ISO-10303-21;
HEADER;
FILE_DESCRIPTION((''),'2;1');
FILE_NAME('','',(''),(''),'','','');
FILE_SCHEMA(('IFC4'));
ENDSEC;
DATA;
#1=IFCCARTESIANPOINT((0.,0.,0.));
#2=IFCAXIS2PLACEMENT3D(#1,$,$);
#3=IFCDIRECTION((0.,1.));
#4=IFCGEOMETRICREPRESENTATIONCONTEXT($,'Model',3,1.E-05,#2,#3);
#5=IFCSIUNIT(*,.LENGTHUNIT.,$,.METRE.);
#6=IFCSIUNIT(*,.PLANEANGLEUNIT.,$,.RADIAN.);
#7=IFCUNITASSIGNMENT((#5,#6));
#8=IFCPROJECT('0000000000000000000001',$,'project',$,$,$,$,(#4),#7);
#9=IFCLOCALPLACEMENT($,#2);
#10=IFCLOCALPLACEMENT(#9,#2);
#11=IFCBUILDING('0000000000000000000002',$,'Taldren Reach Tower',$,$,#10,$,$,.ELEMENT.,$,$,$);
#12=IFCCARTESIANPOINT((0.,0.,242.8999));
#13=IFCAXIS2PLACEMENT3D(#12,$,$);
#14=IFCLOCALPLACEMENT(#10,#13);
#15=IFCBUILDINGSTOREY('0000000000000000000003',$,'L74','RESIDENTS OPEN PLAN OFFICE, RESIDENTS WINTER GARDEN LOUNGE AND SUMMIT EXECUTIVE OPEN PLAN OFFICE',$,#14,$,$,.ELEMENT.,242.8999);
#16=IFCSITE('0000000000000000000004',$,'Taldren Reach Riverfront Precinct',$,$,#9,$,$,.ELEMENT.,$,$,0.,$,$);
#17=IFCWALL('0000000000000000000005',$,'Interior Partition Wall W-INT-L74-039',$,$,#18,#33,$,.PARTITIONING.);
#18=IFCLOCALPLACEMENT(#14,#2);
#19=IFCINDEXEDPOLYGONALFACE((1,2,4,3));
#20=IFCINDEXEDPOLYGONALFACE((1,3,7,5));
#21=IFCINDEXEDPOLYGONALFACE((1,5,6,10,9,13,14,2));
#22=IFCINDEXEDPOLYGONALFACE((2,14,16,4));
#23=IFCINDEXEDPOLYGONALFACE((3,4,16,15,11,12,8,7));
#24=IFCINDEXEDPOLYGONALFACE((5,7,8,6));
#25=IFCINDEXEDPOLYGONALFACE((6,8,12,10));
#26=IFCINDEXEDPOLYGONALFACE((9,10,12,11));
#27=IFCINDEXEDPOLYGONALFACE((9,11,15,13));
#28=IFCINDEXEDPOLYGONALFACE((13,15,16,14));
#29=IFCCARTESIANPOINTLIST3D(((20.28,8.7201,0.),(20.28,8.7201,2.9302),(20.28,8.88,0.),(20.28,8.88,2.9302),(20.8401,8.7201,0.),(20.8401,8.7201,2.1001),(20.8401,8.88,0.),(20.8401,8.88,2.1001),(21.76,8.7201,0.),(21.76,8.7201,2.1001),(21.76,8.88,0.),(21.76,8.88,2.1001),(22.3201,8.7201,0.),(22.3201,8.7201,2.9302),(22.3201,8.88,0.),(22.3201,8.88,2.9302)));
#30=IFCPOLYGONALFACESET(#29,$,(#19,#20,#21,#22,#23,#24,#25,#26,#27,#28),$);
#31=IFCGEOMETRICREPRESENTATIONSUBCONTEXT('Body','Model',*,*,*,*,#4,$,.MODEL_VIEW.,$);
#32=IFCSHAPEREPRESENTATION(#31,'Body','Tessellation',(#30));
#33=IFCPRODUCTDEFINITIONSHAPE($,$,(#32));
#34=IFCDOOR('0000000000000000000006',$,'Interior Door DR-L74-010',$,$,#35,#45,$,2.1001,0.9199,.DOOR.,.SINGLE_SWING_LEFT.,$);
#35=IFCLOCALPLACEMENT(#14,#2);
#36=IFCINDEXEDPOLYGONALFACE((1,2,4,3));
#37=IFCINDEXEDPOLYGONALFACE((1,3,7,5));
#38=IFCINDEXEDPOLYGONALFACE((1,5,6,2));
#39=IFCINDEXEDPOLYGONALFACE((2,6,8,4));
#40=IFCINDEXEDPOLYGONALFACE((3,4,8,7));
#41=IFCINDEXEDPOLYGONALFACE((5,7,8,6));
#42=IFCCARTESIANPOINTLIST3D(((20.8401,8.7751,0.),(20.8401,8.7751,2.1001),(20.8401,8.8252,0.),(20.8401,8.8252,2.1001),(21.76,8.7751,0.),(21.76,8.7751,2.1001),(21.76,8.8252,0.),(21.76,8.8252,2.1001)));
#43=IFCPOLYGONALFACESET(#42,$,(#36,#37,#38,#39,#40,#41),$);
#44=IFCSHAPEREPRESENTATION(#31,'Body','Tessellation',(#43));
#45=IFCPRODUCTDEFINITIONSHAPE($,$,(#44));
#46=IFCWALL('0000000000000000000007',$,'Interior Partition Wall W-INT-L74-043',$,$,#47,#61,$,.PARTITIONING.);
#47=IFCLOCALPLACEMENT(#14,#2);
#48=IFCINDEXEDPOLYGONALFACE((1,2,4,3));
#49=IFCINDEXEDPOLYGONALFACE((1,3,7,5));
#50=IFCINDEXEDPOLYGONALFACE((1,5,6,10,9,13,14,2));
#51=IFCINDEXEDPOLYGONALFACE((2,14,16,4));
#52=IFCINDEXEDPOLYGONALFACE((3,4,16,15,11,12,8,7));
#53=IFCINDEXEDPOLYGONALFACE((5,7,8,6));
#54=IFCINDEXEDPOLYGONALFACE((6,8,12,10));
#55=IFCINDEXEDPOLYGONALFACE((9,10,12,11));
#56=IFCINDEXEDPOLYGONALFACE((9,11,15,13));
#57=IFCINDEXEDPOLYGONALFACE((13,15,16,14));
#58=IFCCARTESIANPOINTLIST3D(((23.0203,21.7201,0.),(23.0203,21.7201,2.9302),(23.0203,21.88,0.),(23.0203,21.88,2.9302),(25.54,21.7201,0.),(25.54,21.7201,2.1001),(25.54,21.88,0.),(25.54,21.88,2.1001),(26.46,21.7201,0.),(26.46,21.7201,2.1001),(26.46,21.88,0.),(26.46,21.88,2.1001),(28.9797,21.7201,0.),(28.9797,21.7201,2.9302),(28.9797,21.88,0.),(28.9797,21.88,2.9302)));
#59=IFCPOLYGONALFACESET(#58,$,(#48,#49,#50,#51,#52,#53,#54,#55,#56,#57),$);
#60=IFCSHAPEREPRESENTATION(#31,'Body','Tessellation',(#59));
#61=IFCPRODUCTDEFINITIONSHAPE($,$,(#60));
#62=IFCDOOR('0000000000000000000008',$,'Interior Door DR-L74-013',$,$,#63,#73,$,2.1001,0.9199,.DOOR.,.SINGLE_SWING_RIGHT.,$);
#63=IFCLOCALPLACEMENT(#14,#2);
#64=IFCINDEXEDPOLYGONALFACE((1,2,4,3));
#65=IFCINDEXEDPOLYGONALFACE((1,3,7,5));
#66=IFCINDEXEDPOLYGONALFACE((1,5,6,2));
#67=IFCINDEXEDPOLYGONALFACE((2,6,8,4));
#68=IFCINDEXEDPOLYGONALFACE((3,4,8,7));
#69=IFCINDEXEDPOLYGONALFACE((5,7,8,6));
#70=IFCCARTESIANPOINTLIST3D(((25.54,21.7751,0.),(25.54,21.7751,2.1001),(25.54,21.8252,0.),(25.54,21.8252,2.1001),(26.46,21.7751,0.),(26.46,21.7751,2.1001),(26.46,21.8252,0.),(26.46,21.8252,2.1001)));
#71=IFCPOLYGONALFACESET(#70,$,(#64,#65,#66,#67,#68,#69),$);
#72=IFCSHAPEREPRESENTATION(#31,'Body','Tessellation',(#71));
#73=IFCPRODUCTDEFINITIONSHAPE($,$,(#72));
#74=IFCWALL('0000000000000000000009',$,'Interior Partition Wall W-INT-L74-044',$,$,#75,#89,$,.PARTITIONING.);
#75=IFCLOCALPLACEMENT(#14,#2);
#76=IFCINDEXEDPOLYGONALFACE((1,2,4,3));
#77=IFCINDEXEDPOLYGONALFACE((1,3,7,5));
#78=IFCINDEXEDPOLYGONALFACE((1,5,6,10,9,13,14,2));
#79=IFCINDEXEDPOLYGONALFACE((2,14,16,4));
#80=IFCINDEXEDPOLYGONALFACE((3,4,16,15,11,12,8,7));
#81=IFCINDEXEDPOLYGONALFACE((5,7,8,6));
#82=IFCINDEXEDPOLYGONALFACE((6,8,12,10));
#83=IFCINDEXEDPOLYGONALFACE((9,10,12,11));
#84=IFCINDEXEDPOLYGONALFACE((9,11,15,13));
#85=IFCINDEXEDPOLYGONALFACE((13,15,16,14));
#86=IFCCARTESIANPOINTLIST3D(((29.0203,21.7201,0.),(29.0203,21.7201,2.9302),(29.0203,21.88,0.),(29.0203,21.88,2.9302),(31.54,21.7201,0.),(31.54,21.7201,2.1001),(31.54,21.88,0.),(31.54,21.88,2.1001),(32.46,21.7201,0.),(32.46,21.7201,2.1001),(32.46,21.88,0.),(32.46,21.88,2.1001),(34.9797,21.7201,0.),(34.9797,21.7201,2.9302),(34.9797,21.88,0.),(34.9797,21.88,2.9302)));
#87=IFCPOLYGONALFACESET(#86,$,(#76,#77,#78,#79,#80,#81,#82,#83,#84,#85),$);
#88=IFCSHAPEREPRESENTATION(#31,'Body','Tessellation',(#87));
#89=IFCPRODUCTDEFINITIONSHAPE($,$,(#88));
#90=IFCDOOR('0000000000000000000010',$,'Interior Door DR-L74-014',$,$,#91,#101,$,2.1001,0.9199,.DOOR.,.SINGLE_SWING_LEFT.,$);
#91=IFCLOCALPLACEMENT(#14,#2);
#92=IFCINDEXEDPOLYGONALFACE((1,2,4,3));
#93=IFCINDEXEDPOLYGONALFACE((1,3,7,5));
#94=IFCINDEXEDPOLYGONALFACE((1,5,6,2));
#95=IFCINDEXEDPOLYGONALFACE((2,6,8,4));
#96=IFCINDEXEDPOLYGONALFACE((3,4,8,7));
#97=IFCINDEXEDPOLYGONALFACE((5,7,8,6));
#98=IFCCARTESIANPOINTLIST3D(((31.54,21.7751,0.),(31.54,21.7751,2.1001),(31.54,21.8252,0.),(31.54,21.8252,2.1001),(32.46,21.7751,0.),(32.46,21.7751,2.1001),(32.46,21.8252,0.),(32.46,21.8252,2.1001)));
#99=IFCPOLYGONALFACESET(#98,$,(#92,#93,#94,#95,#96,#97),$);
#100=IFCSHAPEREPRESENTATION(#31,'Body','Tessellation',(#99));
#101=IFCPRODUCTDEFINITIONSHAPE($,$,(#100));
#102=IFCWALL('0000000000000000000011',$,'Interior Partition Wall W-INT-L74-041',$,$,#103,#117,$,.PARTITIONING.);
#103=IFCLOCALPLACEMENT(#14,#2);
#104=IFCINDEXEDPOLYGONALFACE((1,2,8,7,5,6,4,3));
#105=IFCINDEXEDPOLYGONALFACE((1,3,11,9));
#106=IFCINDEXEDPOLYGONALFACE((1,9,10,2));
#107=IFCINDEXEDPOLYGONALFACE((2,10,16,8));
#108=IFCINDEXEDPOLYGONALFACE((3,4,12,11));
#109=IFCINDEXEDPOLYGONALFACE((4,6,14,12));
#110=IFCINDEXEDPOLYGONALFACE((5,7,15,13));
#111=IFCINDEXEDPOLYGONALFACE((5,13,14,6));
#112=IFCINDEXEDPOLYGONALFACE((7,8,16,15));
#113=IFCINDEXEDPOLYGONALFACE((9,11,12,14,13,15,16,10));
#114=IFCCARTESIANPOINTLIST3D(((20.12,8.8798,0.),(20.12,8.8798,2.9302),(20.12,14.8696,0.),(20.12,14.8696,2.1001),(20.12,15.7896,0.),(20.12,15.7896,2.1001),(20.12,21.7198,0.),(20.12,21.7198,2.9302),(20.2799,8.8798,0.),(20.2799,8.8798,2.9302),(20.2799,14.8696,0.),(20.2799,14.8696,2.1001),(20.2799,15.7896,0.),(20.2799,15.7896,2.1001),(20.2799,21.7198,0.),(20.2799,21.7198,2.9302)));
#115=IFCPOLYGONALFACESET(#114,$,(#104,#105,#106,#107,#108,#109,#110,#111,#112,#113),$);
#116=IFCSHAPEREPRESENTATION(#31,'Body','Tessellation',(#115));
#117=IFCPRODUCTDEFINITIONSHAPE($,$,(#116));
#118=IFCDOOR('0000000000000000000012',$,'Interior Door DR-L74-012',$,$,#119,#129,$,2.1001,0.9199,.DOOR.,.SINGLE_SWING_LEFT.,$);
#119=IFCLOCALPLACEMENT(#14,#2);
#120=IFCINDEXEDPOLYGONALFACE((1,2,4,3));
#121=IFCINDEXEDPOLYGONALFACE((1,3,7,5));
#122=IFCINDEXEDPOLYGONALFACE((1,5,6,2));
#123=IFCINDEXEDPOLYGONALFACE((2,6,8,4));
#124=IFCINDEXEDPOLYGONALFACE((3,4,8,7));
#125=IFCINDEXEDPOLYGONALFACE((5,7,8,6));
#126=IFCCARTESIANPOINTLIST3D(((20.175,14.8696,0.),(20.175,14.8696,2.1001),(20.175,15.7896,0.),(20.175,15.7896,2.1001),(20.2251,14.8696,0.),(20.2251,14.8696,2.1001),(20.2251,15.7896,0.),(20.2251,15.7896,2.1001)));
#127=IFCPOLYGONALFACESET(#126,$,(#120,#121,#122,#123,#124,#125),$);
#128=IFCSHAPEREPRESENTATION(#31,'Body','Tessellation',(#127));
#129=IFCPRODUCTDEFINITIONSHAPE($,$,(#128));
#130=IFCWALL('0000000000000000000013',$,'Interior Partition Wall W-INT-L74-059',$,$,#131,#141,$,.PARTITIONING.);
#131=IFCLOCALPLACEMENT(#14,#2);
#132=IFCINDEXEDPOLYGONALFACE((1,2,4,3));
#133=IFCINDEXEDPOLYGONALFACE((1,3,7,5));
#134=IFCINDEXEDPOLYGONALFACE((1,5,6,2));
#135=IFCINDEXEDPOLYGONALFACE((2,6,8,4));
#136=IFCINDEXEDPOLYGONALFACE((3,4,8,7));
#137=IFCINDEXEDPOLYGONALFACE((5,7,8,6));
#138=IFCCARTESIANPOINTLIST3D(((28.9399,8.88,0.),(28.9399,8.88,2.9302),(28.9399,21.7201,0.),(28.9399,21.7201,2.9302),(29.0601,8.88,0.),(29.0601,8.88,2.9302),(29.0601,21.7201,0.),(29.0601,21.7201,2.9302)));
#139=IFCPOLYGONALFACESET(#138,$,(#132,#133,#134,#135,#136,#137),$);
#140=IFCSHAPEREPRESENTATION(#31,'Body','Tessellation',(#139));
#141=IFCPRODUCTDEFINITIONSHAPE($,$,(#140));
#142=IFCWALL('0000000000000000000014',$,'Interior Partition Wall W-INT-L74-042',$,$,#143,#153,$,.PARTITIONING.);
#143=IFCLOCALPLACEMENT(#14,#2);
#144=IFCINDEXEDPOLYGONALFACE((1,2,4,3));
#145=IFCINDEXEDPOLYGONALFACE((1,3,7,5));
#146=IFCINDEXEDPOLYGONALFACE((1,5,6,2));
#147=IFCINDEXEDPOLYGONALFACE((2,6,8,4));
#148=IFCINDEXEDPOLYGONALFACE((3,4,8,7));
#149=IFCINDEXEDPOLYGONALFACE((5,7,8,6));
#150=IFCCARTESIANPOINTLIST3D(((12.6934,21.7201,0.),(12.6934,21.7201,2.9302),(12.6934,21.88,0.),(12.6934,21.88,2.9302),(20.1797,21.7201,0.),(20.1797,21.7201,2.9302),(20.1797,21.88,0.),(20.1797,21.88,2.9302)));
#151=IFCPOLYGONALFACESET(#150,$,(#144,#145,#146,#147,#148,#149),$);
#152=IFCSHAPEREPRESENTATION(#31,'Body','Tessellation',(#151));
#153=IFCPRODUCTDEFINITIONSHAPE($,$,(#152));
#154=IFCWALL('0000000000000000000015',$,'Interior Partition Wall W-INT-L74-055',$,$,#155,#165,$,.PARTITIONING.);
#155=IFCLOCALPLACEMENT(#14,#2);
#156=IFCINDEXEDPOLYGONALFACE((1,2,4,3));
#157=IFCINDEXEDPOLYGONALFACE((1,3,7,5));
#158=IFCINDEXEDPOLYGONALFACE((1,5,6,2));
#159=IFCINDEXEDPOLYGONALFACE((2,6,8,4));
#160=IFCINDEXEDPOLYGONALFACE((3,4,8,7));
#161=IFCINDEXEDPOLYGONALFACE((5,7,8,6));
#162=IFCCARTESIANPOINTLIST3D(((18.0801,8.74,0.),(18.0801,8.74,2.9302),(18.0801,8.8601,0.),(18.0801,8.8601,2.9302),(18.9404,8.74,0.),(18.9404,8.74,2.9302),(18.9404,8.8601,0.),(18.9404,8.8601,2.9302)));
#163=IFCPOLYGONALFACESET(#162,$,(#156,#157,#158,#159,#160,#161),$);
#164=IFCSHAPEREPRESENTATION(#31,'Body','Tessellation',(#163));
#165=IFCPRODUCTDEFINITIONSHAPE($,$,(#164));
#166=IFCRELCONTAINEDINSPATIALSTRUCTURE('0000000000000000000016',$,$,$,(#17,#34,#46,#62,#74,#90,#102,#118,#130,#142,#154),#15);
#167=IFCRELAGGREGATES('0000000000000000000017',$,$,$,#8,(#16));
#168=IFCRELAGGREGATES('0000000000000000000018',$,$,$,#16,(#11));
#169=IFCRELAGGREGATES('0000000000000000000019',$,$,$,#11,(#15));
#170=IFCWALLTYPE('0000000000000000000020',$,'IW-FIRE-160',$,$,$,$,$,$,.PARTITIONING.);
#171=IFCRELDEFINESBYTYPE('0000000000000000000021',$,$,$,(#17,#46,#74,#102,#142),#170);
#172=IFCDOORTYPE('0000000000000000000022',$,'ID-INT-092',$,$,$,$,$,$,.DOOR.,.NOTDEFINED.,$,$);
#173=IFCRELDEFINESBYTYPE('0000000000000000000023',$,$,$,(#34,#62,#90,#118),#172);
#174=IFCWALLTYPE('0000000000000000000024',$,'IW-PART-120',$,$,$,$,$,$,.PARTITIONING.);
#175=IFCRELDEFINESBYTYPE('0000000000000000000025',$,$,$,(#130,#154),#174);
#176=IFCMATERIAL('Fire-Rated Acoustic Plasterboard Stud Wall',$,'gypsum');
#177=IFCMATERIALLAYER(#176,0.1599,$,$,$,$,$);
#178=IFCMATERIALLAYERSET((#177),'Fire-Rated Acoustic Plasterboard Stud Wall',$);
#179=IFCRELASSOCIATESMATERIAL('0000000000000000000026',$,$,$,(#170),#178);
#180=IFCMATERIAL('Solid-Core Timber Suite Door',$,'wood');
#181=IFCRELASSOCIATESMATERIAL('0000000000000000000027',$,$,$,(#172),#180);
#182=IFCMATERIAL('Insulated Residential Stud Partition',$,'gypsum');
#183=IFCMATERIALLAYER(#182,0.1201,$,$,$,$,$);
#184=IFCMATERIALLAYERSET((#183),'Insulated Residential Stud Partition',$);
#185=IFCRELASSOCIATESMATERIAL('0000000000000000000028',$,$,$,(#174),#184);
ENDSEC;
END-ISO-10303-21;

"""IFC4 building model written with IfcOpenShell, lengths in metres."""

from ifc_helpers import new_model, si_unit, direction, frame, frame_2d, origin, place, context, subcontext, project, spatial, rectangle, extrude, source, transform, mapped, material, layer, layer_set, type_object, element, fill, save


model = new_model("IFC4")

# Units and contexts
model_context = context("Model", 3, precision=1e-05, world=origin(), true_north=direction((0.0, 1.0)))
body_context = subcontext(model_context, "Body", "Model", "MODEL_VIEW")
ifc_project = project(units=[si_unit("LENGTHUNIT", "METRE"), si_unit("PLANEANGLEUNIT", "RADIAN")], contexts=[model_context])

# Site, building, storey
site_placement = place(None, origin())
site = spatial("IfcSite", under=ifc_project, at=site_placement, Name="Taldren Reach Riverfront Precinct", CompositionType="ELEMENT", RefElevation=0.0)
building_placement = place(site_placement, origin())
building = spatial("IfcBuilding", under=site, at=building_placement, Name="Taldren Reach Tower", CompositionType="ELEMENT")
storey_placement = place(building_placement, frame((0.0, 0.0, 242.8999)))
storey = spatial("IfcBuildingStorey", under=building, at=storey_placement, Name="L74", Description="RESIDENTS OPEN PLAN OFFICE, RESIDENTS WINTER GARDEN LOUNGE AND SUMMIT EXECUTIVE OPEN PLAN OFFICE", CompositionType="ELEMENT", Elevation=242.8999)

# Walls, openings, doors
ifc_material_1 = material(Name="Fire-Rated Acoustic Plasterboard Stud Wall", Category="gypsum")
ifc_layer_1 = layer(ifc_material_1, 0.1599)
ifc_layer_set_1 = layer_set([ifc_layer_1], Name="Fire-Rated Acoustic Plasterboard Stud Wall")
wall_type_1 = type_object("IfcWallType", Name="IW-FIRE-160", PredefinedType="PARTITIONING", material=ifc_layer_set_1)
shared_shape_1 = source(origin(), body_context, "Body", "SweptSolid", [
    extrude(rectangle(XDim=2.04, YDim=0.1599, at=frame_2d((1.02, 0.0))), origin(), (0.0, 0.0, 1.0), 2.9302),
])
wall_1_placement = place(storey_placement, frame((22.3201, 8.8, 0.0), z_axis=(0.0, 0.0, 1.0), x_axis=(-1.0, 0.0, 0.0)))
wall_1 = element("IfcWall", 1, at=wall_1_placement, inside=storey, type_object=wall_type_1, Name="Interior Partition Wall W-INT-L74-039", PredefinedType="PARTITIONING", context=body_context, shape_type="MappedRepresentation", body=[
    mapped(shared_shape_1, transform((0.0, 0.0, 0.0), scale=1.0)),
])
shared_shape_2 = source(origin(), body_context, "Body", "SweptSolid", [
    extrude(rectangle(XDim=0.9199, YDim=2.1001, at=frame_2d((0.46, 1.05))), frame((0.0, 0.0898, 0.0), z_axis=(0.0, -1.0, 0.0), x_axis=(1.0, 0.0, 0.0)), (0.0, 0.0, 1.0), 0.1799),
])
opening_1_placement = place(wall_1_placement, frame((0.5601, 0.0, 0.0)))
opening_1 = element("IfcOpeningElement", 2, at=opening_1_placement, cuts=wall_1, PredefinedType="OPENING", context=body_context, shape_type="MappedRepresentation", body=[
    mapped(shared_shape_2, transform((0.0, 0.0, 0.0), scale=1.0)),
])
ifc_material_2 = material(Name="Solid-Core Timber Suite Door", Category="wood")
door_type = type_object("IfcDoorType", Name="ID-INT-092", OperationType="NOTDEFINED", PredefinedType="DOOR", material=ifc_material_2)
shared_shape_3 = source(origin(), body_context, "Body", "SweptSolid", [
    extrude(rectangle(XDim=0.9199, YDim=2.1001, at=frame_2d((0.46, 1.05))), frame((0.0, 0.0249, 0.0), z_axis=(0.0, -1.0, 0.0), x_axis=(1.0, 0.0, 0.0)), (0.0, 0.0, 1.0), 0.05),
])
door_1_placement = place(opening_1_placement, origin())
door_1 = element("IfcDoor", 3, at=door_1_placement, inside=storey, type_object=door_type, Name="Interior Door DR-L74-010", OperationType="SINGLE_SWING_LEFT", OverallHeight=2.1001, OverallWidth=0.9199, PredefinedType="DOOR", context=body_context, shape_type="MappedRepresentation", body=[
    mapped(shared_shape_3, transform((0.0, 0.0, 0.0), scale=1.0)),
])
fill(opening_1, door_1)
shared_shape_4 = source(origin(), body_context, "Body", "SweptSolid", [
    extrude(rectangle(XDim=5.9595, YDim=0.1599, at=frame_2d((2.9797, 0.0))), origin(), (0.0, 0.0, 1.0), 2.9302),
])
wall_2_placement = place(storey_placement, frame((28.9797, 21.8, 0.0), z_axis=(0.0, 0.0, 1.0), x_axis=(-1.0, 0.0, 0.0)))
wall_2 = element("IfcWall", 4, at=wall_2_placement, inside=storey, type_object=wall_type_1, Name="Interior Partition Wall W-INT-L74-043", PredefinedType="PARTITIONING", context=body_context, shape_type="MappedRepresentation", body=[
    mapped(shared_shape_4, transform((0.0, 0.0, 0.0), scale=1.0)),
])
opening_2_placement = place(wall_2_placement, frame((2.5198, 0.0, 0.0)))
opening_2 = element("IfcOpeningElement", 5, at=opening_2_placement, cuts=wall_2, PredefinedType="OPENING", context=body_context, shape_type="MappedRepresentation", body=[
    mapped(shared_shape_2, transform((0.0, 0.0, 0.0), scale=1.0)),
])
door_2_placement = place(opening_2_placement, origin())
door_2 = element("IfcDoor", 6, at=door_2_placement, inside=storey, type_object=door_type, Name="Interior Door DR-L74-013", OperationType="SINGLE_SWING_RIGHT", OverallHeight=2.1001, OverallWidth=0.9199, PredefinedType="DOOR", context=body_context, shape_type="MappedRepresentation", body=[
    mapped(shared_shape_3, transform((0.0, 0.0, 0.0), scale=1.0)),
])
fill(opening_2, door_2)
wall_3_placement = place(storey_placement, frame((34.9797, 21.8, 0.0), z_axis=(0.0, 0.0, 1.0), x_axis=(-1.0, 0.0, 0.0)))
wall_3 = element("IfcWall", 7, at=wall_3_placement, inside=storey, type_object=wall_type_1, Name="Interior Partition Wall W-INT-L74-044", PredefinedType="PARTITIONING", context=body_context, shape_type="MappedRepresentation", body=[
    mapped(shared_shape_4, transform((0.0, 0.0, 0.0), scale=1.0)),
])
opening_3_placement = place(wall_3_placement, frame((2.5198, 0.0, 0.0)))
opening_3 = element("IfcOpeningElement", 8, at=opening_3_placement, cuts=wall_3, PredefinedType="OPENING", context=body_context, shape_type="MappedRepresentation", body=[
    mapped(shared_shape_2, transform((0.0, 0.0, 0.0), scale=1.0)),
])
door_3_placement = place(opening_3_placement, origin())
door_3 = element("IfcDoor", 9, at=door_3_placement, inside=storey, type_object=door_type, Name="Interior Door DR-L74-014", OperationType="SINGLE_SWING_LEFT", OverallHeight=2.1001, OverallWidth=0.9199, PredefinedType="DOOR", context=body_context, shape_type="MappedRepresentation", body=[
    mapped(shared_shape_3, transform((0.0, 0.0, 0.0), scale=1.0)),
])
fill(opening_3, door_3)
shared_shape_5 = source(origin(), body_context, "Body", "SweptSolid", [
    extrude(rectangle(XDim=12.8401, YDim=0.1599, at=frame_2d((6.4199, 0.0))), origin(), (0.0, 0.0, 1.0), 2.9302),
])
wall_4_placement = place(storey_placement, frame((20.2, 8.8799, 0.0), z_axis=(0.0, 0.0, 1.0), x_axis=(0.0, 1.0, 0.0)))
wall_4 = element("IfcWall", 10, at=wall_4_placement, inside=storey, type_object=wall_type_1, Name="Interior Partition Wall W-INT-L74-041", PredefinedType="PARTITIONING", context=body_context, shape_type="MappedRepresentation", body=[
    mapped(shared_shape_5, transform((0.0, 0.0, 0.0), scale=1.0)),
])
opening_4_placement = place(wall_4_placement, frame((5.9897, 0.0, 0.0)))
opening_4 = element("IfcOpeningElement", 11, at=opening_4_placement, cuts=wall_4, PredefinedType="OPENING", context=body_context, shape_type="MappedRepresentation", body=[
    mapped(shared_shape_2, transform((0.0, 0.0, 0.0), scale=1.0)),
])
door_4_placement = place(opening_4_placement, origin())
door_4 = element("IfcDoor", 12, at=door_4_placement, inside=storey, type_object=door_type, Name="Interior Door DR-L74-012", OperationType="SINGLE_SWING_LEFT", OverallHeight=2.1001, OverallWidth=0.9199, PredefinedType="DOOR", context=body_context, shape_type="MappedRepresentation", body=[
    mapped(shared_shape_3, transform((0.0, 0.0, 0.0), scale=1.0)),
])
fill(opening_4, door_4)

# Walls
ifc_material_3 = material(Name="Insulated Residential Stud Partition", Category="gypsum")
ifc_layer_2 = layer(ifc_material_3, 0.1201)
ifc_layer_set_2 = layer_set([ifc_layer_2], Name="Insulated Residential Stud Partition")
wall_type_2 = type_object("IfcWallType", Name="IW-PART-120", PredefinedType="PARTITIONING", material=ifc_layer_set_2)
shared_shape_6 = source(origin(), body_context, "Body", "SweptSolid", [
    extrude(rectangle(XDim=12.8401, YDim=0.1201, at=frame_2d((6.4199, 0.0))), origin(), (0.0, 0.0, 1.0), 2.9302),
])
wall_5_placement = place(storey_placement, frame((29.0, 21.72, 0.0), z_axis=(0.0, 0.0, 1.0), x_axis=(0.0, -1.0, 0.0)))
element("IfcWall", 13, at=wall_5_placement, inside=storey, type_object=wall_type_2, Name="Interior Partition Wall W-INT-L74-059", PredefinedType="PARTITIONING", context=body_context, shape_type="MappedRepresentation", body=[
    mapped(shared_shape_6, transform((0.0, 0.0, 0.0), scale=1.0)),
])
shared_shape_7 = source(origin(), body_context, "Body", "SweptSolid", [
    extrude(rectangle(XDim=7.4863, YDim=0.1599, at=frame_2d((3.7432, 0.0))), origin(), (0.0, 0.0, 1.0), 2.9302),
])
wall_6_placement = place(storey_placement, frame((20.1797, 21.8, 0.0), z_axis=(0.0, 0.0, 1.0), x_axis=(-1.0, 0.0, 0.0)))
element("IfcWall", 14, at=wall_6_placement, inside=storey, type_object=wall_type_1, Name="Interior Partition Wall W-INT-L74-042", PredefinedType="PARTITIONING", context=body_context, shape_type="MappedRepresentation", body=[
    mapped(shared_shape_7, transform((0.0, 0.0, 0.0), scale=1.0)),
])
shared_shape_8 = source(origin(), body_context, "Body", "SweptSolid", [
    extrude(rectangle(XDim=0.8604, YDim=0.1201, at=frame_2d((0.4302, 0.0))), origin(), (0.0, 0.0, 1.0), 2.9302),
])
wall_7_placement = place(storey_placement, frame((18.0801, 8.8, 0.0), z_axis=(0.0, 0.0, 1.0), x_axis=(1.0, 0.0, 0.0)))
element("IfcWall", 15, at=wall_7_placement, inside=storey, type_object=wall_type_2, Name="Interior Partition Wall W-INT-L74-055", PredefinedType="PARTITIONING", context=body_context, shape_type="MappedRepresentation", body=[
    mapped(shared_shape_8, transform((0.0, 0.0, 0.0), scale=1.0)),
])

save(model, "model.ifc")
